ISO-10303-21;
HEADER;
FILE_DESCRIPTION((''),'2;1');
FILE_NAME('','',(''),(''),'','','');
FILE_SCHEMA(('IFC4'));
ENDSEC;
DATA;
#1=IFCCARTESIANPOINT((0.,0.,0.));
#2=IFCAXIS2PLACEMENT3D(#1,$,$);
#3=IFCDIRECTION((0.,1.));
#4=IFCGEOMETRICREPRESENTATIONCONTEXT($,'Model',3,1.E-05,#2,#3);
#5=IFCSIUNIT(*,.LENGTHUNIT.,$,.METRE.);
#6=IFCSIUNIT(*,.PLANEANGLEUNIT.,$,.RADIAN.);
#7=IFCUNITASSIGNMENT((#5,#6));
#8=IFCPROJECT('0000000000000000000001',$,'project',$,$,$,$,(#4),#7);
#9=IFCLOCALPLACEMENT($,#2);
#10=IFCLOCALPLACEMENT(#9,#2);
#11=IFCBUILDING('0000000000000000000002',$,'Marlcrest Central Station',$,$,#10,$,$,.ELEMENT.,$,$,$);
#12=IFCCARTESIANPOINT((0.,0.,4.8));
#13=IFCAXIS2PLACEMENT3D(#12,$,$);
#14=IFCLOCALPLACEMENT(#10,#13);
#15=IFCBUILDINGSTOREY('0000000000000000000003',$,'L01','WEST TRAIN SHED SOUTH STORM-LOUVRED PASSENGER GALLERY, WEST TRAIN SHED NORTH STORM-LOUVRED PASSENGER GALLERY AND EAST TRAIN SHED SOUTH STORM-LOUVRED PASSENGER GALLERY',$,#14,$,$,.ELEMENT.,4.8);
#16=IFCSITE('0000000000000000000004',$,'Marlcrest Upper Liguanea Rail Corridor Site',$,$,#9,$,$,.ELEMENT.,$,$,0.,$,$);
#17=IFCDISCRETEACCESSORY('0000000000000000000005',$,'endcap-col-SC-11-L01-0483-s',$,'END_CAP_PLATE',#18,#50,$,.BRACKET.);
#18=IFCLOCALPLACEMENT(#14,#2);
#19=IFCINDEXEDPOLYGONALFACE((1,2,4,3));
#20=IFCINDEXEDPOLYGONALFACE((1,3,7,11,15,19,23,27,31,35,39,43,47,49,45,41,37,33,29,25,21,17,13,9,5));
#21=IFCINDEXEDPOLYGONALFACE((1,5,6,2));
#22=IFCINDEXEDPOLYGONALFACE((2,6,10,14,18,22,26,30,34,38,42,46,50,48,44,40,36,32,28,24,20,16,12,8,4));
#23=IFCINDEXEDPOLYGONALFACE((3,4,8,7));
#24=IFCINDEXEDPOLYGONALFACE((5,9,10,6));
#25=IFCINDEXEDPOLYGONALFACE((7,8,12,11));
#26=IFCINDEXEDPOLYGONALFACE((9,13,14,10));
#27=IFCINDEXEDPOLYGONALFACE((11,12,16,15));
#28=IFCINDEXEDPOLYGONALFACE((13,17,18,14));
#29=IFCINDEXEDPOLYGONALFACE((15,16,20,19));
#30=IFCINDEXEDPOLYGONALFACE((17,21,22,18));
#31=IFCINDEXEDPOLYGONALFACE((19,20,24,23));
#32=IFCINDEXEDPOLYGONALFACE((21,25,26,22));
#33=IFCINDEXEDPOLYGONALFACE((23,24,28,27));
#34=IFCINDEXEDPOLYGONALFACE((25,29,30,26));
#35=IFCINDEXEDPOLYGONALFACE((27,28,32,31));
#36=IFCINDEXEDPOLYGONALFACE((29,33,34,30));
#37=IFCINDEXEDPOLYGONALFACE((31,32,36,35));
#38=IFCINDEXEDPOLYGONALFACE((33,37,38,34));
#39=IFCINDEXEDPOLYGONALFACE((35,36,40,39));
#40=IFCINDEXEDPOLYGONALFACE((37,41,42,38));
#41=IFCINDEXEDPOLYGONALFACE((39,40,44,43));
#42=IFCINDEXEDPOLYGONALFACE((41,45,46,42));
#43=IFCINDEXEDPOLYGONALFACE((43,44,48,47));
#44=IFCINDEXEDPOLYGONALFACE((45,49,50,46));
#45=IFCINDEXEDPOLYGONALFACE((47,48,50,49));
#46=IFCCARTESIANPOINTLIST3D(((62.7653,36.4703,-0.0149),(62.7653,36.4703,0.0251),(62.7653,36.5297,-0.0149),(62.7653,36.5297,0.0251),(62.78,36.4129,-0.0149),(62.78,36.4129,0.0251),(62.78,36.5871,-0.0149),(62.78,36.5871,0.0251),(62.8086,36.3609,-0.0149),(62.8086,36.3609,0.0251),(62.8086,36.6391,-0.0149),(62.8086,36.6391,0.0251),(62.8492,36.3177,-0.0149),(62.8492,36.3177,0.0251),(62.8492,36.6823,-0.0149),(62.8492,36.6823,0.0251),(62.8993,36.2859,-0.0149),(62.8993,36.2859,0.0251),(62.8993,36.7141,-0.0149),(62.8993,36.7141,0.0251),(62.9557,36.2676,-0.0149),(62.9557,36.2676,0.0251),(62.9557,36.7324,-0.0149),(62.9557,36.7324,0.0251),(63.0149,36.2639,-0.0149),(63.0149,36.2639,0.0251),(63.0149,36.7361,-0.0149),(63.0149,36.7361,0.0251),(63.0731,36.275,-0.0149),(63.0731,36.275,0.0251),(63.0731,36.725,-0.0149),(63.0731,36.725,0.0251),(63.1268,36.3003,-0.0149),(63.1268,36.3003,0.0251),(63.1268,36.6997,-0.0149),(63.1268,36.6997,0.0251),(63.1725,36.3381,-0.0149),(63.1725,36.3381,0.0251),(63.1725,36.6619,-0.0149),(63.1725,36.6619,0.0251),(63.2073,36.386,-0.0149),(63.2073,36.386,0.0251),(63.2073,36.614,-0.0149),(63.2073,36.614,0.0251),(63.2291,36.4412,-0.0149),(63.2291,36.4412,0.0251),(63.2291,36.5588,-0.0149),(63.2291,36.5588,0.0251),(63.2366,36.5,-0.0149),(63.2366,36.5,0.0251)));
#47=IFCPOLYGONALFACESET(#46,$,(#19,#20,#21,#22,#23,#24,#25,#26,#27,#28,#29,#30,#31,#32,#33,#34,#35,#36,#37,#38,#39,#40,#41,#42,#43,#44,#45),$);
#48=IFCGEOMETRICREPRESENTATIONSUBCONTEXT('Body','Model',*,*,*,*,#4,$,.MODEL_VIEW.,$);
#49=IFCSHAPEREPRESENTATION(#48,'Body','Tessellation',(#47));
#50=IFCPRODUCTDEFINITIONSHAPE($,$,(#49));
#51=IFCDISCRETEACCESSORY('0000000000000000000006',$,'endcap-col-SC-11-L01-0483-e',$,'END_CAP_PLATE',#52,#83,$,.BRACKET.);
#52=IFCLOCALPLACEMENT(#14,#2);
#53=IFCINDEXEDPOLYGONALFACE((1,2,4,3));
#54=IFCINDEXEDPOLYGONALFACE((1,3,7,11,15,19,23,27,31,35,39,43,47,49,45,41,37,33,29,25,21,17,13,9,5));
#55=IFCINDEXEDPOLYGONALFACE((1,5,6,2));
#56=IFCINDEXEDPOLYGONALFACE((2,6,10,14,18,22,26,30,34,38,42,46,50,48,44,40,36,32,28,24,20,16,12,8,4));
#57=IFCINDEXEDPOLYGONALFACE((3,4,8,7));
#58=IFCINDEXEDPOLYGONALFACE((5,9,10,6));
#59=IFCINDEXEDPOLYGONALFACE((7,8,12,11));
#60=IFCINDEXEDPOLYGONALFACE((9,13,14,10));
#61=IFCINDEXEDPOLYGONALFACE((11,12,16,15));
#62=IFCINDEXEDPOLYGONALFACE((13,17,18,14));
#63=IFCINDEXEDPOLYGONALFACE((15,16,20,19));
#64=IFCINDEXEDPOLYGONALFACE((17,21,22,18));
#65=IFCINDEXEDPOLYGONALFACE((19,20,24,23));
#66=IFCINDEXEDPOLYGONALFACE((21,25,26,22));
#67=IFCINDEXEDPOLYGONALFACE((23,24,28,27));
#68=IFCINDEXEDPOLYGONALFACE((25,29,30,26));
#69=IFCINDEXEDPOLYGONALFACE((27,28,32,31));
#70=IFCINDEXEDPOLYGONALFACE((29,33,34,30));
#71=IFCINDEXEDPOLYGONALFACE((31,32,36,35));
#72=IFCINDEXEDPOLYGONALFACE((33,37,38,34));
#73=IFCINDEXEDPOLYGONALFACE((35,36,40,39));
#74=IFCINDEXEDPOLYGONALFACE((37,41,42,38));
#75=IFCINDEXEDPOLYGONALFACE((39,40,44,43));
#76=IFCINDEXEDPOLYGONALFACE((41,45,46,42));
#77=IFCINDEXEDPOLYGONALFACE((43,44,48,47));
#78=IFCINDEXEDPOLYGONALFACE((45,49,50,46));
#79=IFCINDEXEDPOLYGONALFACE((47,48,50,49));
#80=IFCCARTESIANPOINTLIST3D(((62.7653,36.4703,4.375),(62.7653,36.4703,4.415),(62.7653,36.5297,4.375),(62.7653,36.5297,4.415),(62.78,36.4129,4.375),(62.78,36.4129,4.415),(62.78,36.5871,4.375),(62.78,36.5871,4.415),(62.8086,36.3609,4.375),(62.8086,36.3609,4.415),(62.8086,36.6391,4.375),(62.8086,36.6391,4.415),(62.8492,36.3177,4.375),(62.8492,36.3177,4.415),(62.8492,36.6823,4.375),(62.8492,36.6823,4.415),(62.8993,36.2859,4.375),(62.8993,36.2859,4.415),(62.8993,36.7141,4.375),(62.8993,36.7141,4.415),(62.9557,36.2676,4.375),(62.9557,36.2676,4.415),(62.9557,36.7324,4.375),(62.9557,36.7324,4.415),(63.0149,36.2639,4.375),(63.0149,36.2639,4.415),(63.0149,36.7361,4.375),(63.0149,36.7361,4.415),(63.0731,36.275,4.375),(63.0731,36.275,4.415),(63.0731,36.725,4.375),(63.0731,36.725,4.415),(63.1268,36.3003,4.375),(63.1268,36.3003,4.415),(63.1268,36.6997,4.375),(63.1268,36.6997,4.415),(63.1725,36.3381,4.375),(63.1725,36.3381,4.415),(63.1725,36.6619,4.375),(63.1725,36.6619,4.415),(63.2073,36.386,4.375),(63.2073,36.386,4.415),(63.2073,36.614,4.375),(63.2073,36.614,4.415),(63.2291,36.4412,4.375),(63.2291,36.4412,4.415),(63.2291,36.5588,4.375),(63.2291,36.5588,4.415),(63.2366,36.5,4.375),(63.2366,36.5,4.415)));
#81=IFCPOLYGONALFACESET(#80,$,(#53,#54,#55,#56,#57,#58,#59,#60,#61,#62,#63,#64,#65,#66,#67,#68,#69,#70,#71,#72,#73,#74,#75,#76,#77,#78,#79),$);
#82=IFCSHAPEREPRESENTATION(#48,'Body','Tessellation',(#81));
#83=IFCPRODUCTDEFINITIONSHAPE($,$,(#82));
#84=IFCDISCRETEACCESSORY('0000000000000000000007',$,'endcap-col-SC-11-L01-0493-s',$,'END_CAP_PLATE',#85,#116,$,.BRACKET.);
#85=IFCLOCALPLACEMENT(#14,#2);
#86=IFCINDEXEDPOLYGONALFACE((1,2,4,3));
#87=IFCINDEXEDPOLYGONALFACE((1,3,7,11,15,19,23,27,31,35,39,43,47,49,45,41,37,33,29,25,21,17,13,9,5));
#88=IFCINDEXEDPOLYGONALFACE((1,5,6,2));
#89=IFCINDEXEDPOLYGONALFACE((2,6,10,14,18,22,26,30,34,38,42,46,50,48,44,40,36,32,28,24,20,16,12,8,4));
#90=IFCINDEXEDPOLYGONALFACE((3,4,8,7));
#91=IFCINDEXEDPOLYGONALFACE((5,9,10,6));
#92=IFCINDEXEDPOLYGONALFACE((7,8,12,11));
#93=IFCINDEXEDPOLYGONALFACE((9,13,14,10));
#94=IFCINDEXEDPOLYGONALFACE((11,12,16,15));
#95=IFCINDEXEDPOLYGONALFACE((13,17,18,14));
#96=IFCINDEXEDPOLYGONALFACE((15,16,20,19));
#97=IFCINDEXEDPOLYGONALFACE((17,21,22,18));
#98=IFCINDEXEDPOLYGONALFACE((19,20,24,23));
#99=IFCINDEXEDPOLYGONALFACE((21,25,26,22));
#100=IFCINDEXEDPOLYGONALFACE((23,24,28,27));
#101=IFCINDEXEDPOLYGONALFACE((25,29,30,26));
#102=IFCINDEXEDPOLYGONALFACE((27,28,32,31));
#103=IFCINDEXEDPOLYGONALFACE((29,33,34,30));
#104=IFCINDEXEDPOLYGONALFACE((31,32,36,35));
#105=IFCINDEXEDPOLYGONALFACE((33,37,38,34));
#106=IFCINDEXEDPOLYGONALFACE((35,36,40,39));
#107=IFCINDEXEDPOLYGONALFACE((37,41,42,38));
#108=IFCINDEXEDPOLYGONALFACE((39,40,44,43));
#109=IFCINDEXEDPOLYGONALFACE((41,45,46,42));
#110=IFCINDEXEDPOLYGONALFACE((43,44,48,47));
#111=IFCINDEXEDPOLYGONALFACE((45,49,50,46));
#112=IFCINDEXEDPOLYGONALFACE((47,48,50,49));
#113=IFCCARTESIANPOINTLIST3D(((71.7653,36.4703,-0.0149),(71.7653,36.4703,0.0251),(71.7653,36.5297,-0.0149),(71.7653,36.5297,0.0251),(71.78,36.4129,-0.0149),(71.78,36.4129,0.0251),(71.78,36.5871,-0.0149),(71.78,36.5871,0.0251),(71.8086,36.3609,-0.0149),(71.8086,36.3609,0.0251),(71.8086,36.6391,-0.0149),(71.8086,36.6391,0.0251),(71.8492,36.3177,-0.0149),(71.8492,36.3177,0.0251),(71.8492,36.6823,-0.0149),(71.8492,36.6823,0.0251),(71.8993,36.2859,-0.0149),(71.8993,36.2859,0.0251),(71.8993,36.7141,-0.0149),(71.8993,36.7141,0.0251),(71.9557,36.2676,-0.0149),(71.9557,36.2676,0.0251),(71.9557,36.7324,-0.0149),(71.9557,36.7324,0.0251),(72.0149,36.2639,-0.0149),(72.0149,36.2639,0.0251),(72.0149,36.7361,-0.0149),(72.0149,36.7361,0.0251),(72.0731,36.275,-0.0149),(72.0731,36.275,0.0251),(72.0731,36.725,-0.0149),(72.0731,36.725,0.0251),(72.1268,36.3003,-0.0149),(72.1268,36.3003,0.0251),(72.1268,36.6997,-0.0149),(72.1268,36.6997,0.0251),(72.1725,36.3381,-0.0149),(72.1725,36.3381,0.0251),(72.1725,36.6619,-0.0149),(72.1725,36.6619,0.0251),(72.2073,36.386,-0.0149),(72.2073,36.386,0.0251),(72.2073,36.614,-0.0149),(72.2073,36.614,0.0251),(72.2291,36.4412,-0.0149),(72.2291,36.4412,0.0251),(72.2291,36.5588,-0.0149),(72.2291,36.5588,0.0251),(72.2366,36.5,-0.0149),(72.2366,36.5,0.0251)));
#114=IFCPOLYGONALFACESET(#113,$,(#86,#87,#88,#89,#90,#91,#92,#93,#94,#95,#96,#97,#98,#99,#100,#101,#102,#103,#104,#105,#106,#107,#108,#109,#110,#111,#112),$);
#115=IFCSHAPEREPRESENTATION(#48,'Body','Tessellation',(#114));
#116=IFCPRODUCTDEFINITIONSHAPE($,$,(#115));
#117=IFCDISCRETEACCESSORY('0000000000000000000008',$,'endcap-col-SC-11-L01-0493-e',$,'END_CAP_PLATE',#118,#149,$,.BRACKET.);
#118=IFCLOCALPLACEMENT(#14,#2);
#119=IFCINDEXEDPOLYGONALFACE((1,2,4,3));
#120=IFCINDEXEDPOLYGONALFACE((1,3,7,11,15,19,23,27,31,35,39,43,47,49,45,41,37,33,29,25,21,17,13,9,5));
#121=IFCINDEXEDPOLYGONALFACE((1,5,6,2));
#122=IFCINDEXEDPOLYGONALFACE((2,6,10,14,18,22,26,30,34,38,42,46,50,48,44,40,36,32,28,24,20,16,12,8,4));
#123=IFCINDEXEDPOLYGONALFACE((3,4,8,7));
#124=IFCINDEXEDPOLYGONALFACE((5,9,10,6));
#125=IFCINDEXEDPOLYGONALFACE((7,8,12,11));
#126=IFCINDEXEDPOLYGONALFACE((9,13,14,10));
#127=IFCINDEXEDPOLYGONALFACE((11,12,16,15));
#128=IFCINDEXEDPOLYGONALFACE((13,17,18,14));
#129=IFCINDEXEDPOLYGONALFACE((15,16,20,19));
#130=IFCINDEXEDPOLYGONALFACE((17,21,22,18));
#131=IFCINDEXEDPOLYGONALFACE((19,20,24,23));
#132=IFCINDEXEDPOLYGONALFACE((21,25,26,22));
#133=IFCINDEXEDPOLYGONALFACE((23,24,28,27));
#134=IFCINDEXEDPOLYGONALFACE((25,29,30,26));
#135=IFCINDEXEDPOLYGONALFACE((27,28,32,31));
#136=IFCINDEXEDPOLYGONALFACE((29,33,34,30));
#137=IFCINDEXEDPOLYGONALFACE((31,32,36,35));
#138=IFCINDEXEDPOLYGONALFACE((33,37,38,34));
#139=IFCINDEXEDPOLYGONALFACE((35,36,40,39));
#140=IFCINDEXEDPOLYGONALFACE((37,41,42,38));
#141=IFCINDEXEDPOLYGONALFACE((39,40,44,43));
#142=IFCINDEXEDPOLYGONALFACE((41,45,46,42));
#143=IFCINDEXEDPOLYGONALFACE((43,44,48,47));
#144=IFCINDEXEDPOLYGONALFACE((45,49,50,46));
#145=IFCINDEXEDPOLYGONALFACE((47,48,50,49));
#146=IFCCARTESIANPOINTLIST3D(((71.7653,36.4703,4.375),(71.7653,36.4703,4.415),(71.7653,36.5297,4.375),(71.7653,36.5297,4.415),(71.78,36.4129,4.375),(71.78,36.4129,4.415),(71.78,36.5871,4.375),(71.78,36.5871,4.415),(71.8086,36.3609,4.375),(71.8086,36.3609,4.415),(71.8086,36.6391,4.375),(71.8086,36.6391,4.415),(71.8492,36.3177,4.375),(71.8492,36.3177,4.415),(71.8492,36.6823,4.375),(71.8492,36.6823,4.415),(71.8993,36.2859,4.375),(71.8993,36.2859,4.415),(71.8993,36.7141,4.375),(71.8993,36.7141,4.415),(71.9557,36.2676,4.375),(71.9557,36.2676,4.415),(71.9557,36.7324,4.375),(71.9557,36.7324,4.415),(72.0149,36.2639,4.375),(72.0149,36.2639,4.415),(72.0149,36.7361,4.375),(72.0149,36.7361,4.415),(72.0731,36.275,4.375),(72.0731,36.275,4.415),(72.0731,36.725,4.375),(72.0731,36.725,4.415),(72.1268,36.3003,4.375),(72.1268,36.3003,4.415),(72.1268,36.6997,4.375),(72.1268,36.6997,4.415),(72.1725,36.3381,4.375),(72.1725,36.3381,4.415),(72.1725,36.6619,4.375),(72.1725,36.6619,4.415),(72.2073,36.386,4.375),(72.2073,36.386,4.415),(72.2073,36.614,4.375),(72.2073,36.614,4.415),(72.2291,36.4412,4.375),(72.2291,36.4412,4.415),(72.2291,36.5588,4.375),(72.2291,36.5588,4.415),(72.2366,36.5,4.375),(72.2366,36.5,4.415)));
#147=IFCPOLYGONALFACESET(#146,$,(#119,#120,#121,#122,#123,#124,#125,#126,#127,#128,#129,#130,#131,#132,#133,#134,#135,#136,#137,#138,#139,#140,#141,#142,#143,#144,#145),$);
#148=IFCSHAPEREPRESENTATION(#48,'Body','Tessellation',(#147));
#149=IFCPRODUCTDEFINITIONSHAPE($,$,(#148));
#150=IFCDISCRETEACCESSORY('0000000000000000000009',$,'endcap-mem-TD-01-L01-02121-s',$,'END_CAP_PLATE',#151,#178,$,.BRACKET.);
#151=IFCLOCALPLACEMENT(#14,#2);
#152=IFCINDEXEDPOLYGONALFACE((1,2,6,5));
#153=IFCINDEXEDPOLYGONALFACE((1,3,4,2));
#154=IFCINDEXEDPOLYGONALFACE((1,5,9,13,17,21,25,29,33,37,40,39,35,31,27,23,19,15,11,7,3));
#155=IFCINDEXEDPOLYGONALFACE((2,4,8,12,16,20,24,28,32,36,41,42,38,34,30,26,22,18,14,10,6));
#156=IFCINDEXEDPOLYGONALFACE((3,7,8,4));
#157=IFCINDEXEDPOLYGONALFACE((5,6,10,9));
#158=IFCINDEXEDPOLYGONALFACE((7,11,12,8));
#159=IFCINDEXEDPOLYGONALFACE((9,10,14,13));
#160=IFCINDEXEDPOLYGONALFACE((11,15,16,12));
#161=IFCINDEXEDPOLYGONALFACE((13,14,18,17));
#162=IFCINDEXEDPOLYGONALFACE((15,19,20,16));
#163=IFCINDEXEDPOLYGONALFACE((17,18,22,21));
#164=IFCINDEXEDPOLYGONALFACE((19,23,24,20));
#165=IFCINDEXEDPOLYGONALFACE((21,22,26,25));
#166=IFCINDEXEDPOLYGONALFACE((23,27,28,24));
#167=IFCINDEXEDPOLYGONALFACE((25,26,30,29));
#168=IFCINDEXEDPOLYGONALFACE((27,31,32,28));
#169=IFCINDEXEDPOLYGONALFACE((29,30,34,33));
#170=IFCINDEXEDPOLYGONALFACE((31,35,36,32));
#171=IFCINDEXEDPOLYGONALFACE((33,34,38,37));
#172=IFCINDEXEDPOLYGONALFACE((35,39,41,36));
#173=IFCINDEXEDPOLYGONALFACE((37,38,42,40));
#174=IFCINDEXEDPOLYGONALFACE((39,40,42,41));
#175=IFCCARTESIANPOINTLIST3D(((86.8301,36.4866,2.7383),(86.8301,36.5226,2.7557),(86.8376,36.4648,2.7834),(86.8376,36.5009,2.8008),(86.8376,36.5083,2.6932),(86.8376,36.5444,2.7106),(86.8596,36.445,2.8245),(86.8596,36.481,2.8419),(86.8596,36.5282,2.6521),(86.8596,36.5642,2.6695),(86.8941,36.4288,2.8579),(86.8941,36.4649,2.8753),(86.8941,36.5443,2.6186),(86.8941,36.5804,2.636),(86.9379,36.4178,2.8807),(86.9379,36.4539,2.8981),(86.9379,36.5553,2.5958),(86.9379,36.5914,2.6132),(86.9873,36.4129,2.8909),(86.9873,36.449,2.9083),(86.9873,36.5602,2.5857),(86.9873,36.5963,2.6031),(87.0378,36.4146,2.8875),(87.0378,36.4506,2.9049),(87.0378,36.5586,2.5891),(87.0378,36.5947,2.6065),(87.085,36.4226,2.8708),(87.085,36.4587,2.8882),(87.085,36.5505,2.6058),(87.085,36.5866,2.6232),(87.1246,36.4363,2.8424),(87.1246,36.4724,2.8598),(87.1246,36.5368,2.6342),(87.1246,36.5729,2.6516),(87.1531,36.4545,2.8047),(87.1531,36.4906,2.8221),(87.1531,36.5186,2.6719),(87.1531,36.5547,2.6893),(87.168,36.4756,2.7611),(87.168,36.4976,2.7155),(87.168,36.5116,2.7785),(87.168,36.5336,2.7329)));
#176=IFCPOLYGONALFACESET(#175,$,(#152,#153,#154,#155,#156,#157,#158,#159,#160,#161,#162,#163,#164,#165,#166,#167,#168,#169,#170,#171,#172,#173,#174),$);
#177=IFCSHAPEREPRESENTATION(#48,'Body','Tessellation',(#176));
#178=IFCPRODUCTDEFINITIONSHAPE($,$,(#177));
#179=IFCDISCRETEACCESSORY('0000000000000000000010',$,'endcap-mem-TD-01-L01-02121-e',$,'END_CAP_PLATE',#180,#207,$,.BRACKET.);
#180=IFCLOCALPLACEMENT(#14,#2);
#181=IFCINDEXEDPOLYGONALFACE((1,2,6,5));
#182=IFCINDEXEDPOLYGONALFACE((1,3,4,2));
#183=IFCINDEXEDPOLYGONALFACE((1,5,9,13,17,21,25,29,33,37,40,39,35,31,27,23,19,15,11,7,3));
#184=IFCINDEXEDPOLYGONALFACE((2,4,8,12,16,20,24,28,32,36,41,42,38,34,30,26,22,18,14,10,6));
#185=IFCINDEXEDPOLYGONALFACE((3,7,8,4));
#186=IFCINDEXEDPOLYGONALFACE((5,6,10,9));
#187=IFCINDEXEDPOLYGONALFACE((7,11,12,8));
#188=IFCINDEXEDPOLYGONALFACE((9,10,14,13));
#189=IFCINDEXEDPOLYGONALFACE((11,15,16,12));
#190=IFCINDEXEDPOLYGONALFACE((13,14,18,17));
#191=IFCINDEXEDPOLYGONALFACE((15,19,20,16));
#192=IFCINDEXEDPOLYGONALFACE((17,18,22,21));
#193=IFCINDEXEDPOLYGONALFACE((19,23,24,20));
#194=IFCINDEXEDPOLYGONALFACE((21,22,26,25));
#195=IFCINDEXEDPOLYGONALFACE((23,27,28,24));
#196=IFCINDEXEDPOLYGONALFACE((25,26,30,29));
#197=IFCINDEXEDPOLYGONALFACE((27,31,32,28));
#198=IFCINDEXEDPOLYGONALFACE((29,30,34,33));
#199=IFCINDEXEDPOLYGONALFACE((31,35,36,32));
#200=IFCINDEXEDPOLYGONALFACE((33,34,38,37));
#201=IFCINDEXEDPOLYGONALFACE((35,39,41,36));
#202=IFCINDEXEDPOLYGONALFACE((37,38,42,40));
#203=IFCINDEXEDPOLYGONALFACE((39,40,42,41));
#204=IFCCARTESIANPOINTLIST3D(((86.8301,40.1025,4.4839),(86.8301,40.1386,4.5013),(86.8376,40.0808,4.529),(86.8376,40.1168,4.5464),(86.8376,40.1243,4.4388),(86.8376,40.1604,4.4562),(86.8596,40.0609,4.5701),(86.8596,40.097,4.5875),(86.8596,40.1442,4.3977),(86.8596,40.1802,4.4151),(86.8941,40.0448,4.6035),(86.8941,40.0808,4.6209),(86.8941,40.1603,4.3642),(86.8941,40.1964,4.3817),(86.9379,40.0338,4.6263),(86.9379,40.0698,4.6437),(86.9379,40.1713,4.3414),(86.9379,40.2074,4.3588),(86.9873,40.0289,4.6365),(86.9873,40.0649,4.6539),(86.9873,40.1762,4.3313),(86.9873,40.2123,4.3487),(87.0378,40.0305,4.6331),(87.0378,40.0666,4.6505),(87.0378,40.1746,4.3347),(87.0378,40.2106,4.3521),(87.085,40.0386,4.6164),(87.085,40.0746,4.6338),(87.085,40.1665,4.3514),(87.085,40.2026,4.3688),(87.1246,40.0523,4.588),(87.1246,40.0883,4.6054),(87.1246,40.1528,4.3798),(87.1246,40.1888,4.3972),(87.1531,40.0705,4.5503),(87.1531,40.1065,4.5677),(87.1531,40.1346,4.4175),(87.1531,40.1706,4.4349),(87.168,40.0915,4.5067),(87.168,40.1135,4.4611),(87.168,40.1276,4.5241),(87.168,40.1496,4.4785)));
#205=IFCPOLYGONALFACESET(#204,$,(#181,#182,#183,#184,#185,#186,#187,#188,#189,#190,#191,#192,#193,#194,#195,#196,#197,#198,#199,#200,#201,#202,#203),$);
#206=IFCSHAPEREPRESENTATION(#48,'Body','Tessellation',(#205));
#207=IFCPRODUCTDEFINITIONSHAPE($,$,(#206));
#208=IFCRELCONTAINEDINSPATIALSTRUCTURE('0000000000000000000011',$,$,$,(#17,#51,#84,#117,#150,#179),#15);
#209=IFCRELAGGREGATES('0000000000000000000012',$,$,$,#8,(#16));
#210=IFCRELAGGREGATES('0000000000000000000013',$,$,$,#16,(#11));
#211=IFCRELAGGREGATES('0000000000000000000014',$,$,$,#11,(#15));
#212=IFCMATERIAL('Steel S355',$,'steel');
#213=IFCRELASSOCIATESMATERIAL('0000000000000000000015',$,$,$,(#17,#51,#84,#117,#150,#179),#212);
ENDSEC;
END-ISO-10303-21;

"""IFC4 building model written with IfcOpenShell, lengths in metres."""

from ifc_helpers import new_model, si_unit, direction, frame, origin, origin_2d, place, context, subcontext, project, spatial, circle, extrude, material, element, save


model = new_model("IFC4")

# Units and contexts
model_context = context("Model", 3, precision=1e-05, world=origin(), true_north=direction((0.0, 1.0)))
body_context = subcontext(model_context, "Body", "Model", "MODEL_VIEW")
ifc_project = project(units=[si_unit("LENGTHUNIT", "METRE"), si_unit("PLANEANGLEUNIT", "RADIAN")], contexts=[model_context])

# Site, building, storey
site_placement = place(None, origin())
site = spatial("IfcSite", under=ifc_project, at=site_placement, Name="Marlcrest Upper Liguanea Rail Corridor Site", CompositionType="ELEMENT", RefElevation=0.0)
building_placement = place(site_placement, origin())
building = spatial("IfcBuilding", under=site, at=building_placement, Name="Marlcrest Central Station", CompositionType="ELEMENT")
storey_placement = place(building_placement, frame((0.0, 0.0, 4.8)))
storey = spatial("IfcBuildingStorey", under=building, at=storey_placement, Name="L01", Description="WEST TRAIN SHED SOUTH STORM-LOUVRED PASSENGER GALLERY, WEST TRAIN SHED NORTH STORM-LOUVRED PASSENGER GALLERY AND EAST TRAIN SHED SOUTH STORM-LOUVRED PASSENGER GALLERY", CompositionType="ELEMENT", Elevation=4.8)

# Shared definitions
ifc_material_1 = material(Name="Steel S355", Category="steel")

# Discrete accessories
for number, where, z_axis, x_axis, name in (
    (1, (63.0, 36.5, -0.0149), (0.0, 0.0, 1.0), (1.0, 0.0, 0.0), "endcap-col-SC-11-L01-0483-s"),
    (2, (63.0, 36.5, 4.375), (0.0, 0.0, 1.0), (1.0, 0.0, 0.0), "endcap-col-SC-11-L01-0483-e"),
    (3, (72.0, 36.5, -0.0149), (0.0, 0.0, 1.0), (1.0, 0.0, 0.0), "endcap-col-SC-11-L01-0493-s"),
    (4, (72.0, 36.5, 4.375), (0.0, 0.0, 1.0), (1.0, 0.0, 0.0), "endcap-col-SC-11-L01-0493-e"),
):
    element("IfcDiscreteAccessory", number, at=place(storey_placement, frame(where, z_axis=z_axis, x_axis=x_axis)), inside=storey, material=ifc_material_1, Name=name, ObjectType="END_CAP_PLATE", PredefinedType="BRACKET", context=body_context, shape_type="SweptSolid", body=[
        extrude(circle(Radius=0.2366, at=origin_2d()), origin(), (0.0, 0.0, 1.0), 0.04),
    ])
for number, where, z_axis, x_axis, name in (
    (5, (87.0, 36.4866, 2.7383), (0.0, 0.900552, 0.434749), (-1.0, 0.0, 0.0), "endcap-mem-TD-01-L01-02121-s"),
    (6, (87.0, 40.1025, 4.4839), (0.0, 0.900552, 0.434749), (-1.0, 0.0, 0.0), "endcap-mem-TD-01-L01-02121-e"),
):
    element("IfcDiscreteAccessory", number, at=place(storey_placement, frame(where, z_axis=z_axis, x_axis=x_axis)), inside=storey, material=ifc_material_1, Name=name, ObjectType="END_CAP_PLATE", PredefinedType="BRACKET", context=body_context, shape_type="SweptSolid", body=[
        extrude(circle(Radius=0.1699, at=origin_2d()), origin(), (0.0, 0.0, 1.0), 0.04),
    ])

save(model, "model.ifc")
